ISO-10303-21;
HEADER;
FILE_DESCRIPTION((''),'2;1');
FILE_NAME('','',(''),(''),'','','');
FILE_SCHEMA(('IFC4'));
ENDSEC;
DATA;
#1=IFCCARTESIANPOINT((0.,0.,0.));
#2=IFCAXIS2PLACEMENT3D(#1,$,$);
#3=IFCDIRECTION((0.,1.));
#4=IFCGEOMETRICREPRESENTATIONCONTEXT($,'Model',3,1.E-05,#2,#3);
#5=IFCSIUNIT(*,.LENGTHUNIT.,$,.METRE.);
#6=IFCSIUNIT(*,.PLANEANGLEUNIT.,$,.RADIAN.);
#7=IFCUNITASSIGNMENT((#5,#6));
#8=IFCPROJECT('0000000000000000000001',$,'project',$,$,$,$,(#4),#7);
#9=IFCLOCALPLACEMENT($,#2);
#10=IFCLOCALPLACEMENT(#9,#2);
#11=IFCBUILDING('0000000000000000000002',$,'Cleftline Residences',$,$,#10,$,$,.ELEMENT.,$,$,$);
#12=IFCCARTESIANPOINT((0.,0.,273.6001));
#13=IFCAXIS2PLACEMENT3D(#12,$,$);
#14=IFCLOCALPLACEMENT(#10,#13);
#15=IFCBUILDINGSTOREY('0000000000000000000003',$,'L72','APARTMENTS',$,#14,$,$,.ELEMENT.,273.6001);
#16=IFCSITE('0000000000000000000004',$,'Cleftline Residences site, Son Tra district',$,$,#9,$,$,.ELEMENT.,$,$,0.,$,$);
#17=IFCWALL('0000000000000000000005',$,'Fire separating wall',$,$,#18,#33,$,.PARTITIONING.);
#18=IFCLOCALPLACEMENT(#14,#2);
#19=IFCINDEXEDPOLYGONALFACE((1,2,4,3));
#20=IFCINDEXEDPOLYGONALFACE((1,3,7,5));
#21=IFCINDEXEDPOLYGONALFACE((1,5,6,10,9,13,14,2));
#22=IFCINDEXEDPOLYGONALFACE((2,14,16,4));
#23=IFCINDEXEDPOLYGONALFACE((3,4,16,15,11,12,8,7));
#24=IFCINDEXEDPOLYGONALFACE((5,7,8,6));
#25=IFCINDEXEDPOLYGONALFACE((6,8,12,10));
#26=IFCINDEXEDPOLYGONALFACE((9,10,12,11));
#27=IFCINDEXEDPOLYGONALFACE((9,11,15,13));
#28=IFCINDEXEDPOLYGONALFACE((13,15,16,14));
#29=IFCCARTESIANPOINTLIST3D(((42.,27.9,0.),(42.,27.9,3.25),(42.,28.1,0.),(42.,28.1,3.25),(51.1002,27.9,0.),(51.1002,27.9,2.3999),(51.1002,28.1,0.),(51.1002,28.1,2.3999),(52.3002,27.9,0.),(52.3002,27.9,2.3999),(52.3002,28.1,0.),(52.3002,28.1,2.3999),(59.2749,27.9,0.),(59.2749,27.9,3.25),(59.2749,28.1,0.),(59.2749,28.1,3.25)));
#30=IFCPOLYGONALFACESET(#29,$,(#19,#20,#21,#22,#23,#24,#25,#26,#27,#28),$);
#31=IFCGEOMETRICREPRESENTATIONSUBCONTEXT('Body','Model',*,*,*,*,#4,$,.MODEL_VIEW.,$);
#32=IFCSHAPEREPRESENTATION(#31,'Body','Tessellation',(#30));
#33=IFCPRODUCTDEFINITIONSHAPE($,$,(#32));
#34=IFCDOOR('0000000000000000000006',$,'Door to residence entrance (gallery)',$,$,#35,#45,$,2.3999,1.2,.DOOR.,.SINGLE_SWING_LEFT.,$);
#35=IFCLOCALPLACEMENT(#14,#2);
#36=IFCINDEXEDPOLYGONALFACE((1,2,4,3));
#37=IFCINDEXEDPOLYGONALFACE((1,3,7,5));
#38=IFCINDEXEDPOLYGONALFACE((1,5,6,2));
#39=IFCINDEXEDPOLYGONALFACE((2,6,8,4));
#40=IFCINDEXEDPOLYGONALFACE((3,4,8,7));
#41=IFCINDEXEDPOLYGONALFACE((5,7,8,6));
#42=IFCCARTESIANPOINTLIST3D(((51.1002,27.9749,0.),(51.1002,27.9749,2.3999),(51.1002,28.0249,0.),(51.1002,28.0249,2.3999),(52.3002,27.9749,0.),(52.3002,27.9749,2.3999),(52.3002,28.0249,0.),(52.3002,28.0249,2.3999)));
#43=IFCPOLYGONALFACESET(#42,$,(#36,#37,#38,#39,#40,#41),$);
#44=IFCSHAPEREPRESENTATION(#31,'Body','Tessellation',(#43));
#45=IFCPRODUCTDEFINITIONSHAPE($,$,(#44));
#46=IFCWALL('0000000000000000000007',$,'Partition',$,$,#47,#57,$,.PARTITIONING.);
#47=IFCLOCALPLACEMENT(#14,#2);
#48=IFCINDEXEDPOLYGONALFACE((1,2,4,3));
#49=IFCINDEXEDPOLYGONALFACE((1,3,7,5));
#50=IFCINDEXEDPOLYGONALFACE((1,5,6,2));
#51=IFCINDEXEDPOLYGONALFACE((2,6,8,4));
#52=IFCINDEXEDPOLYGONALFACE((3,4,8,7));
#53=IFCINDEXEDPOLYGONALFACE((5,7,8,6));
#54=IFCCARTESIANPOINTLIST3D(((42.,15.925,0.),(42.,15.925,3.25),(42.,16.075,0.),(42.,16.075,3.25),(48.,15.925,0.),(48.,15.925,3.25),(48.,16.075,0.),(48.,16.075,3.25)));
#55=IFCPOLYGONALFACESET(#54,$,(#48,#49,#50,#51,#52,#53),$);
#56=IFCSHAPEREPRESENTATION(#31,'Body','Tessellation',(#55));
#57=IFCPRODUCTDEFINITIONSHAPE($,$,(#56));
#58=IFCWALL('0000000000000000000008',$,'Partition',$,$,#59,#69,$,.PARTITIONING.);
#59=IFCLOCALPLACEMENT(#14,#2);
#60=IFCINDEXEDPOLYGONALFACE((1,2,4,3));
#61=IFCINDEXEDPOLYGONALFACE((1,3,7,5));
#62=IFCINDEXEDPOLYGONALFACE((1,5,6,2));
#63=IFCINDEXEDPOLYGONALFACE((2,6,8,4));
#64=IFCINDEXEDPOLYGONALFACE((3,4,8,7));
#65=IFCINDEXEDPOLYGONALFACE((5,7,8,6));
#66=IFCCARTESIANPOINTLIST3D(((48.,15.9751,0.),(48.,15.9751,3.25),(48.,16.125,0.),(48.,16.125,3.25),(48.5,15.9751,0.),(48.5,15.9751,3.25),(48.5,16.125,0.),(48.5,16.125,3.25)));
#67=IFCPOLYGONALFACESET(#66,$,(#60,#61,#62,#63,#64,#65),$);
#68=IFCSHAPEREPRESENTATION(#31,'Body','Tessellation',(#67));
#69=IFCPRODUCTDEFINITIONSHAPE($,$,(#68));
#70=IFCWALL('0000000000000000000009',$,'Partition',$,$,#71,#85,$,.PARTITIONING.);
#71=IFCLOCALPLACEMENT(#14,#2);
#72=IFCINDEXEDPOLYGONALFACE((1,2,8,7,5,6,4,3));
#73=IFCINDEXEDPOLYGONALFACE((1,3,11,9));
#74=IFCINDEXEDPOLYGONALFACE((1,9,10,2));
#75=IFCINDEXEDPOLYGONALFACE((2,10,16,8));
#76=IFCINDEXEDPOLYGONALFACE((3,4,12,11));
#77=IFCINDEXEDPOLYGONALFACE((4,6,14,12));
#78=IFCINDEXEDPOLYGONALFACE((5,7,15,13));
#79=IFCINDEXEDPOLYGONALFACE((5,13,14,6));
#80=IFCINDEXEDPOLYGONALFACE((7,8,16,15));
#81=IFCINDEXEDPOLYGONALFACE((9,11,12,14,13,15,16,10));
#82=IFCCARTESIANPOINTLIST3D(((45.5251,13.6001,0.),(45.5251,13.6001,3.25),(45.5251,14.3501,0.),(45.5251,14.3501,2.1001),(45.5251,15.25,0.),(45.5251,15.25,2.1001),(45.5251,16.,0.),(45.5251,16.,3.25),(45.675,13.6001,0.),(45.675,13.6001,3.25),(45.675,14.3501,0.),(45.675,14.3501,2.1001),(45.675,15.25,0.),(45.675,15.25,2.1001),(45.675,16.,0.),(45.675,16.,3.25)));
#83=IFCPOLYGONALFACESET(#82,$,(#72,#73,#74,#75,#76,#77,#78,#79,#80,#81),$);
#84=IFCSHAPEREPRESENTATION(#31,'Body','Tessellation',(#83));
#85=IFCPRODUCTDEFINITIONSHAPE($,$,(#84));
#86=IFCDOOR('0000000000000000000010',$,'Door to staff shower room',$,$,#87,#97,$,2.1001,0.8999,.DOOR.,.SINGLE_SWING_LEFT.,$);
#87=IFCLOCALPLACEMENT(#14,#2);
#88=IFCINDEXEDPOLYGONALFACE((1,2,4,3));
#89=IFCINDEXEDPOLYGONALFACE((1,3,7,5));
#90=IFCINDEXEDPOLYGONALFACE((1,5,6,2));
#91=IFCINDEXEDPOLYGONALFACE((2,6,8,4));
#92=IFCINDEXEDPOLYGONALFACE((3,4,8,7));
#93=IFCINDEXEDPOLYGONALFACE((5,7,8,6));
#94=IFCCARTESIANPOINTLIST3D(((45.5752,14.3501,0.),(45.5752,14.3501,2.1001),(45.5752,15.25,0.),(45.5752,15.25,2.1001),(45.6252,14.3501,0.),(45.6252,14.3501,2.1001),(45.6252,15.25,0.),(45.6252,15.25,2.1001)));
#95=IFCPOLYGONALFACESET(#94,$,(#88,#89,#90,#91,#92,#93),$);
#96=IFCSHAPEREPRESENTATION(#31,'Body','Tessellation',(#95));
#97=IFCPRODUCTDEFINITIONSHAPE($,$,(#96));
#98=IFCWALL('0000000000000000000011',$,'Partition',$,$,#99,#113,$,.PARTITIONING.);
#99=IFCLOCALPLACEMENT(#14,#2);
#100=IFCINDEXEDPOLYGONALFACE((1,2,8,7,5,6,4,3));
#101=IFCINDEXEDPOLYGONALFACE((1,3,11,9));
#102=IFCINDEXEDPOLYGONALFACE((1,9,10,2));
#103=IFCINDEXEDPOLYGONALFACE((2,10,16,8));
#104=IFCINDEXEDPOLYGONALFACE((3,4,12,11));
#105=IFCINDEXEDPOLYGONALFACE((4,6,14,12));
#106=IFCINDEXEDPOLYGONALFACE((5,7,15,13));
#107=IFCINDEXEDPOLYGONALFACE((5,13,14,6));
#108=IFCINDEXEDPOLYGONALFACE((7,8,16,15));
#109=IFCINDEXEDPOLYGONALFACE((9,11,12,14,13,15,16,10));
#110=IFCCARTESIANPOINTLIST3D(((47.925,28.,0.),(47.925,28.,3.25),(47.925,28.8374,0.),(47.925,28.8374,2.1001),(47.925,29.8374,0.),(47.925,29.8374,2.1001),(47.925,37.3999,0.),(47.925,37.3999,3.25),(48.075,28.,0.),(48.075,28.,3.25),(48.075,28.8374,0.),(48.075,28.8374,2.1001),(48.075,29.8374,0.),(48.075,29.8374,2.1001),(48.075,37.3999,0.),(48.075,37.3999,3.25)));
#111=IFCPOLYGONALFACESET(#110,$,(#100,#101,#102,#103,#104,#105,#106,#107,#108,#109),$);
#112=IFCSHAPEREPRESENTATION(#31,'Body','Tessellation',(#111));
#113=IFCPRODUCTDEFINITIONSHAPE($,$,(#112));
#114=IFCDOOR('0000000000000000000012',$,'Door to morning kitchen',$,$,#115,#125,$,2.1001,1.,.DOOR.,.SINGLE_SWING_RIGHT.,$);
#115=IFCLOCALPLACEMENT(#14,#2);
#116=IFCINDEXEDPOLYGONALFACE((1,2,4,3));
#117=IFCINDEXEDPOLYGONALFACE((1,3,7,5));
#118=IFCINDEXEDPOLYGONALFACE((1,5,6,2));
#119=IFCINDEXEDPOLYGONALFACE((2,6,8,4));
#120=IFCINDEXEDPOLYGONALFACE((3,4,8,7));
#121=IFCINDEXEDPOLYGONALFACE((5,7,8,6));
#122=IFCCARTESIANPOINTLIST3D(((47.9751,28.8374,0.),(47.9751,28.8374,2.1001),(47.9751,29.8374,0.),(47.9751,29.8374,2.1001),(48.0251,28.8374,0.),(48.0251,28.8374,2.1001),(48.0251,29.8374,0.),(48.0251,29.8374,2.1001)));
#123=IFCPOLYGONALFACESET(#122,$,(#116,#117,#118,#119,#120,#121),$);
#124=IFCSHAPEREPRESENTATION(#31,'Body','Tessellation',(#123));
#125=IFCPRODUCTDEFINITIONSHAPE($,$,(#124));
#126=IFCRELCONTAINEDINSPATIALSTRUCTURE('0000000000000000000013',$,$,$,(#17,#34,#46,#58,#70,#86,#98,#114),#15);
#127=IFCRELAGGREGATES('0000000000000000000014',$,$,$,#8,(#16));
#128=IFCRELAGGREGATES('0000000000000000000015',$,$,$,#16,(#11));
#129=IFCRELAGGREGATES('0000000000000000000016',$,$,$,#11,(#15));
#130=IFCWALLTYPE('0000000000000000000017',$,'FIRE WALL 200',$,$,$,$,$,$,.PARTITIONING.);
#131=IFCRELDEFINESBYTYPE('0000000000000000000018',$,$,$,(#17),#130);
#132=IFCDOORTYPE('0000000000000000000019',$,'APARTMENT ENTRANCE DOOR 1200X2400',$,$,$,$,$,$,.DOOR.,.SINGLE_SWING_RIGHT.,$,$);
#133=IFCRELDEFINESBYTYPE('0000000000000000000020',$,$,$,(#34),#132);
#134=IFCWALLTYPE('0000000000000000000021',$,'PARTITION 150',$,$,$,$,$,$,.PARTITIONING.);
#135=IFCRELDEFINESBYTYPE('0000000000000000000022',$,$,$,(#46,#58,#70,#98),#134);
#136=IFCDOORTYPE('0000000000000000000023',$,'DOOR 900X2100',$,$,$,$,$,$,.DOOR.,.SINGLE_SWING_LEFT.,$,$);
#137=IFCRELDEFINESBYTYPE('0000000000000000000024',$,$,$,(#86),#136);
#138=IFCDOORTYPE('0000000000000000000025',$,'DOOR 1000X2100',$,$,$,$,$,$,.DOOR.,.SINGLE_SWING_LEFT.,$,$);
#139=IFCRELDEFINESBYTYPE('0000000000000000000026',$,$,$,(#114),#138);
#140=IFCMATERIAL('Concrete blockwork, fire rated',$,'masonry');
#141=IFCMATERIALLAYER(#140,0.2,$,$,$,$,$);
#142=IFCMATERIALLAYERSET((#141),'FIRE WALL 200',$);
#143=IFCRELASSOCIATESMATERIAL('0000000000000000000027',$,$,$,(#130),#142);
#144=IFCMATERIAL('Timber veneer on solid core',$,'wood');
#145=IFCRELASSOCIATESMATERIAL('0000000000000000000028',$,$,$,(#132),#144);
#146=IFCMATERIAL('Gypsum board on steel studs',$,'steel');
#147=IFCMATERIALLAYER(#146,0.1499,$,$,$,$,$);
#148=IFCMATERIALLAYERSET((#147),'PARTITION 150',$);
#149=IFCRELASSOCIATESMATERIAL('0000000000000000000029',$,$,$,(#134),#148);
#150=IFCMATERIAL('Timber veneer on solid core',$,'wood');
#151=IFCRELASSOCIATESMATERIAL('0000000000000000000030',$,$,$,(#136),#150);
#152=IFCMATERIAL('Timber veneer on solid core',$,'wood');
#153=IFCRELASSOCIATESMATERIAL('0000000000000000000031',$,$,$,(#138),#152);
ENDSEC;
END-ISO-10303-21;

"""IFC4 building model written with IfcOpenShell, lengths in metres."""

from ifc_helpers import new_model, si_unit, direction, frame, frame_2d, origin, place, context, subcontext, project, spatial, rectangle, extrude, material, layer, layer_set, type_object, element, fill, save


model = new_model("IFC4")

# Units and contexts
model_context = context("Model", 3, precision=1e-05, world=origin(), true_north=direction((0.0, 1.0)))
body_context = subcontext(model_context, "Body", "Model", "MODEL_VIEW")
ifc_project = project(units=[si_unit("LENGTHUNIT", "METRE"), si_unit("PLANEANGLEUNIT", "RADIAN")], contexts=[model_context])

# Site, building, storey
site_placement = place(None, origin())
site = spatial("IfcSite", under=ifc_project, at=site_placement, Name="Cleftline Residences site, Son Tra district", CompositionType="ELEMENT", RefElevation=0.0)
building_placement = place(site_placement, origin())
building = spatial("IfcBuilding", under=site, at=building_placement, Name="Cleftline Residences", CompositionType="ELEMENT")
storey_placement = place(building_placement, frame((0.0, 0.0, 273.6001)))
storey = spatial("IfcBuildingStorey", under=building, at=storey_placement, Name="L72", Description="APARTMENTS", CompositionType="ELEMENT", Elevation=273.6001)

# Shared definitions
ifc_material_1 = material(Name="Concrete blockwork, fire rated", Category="masonry")
ifc_layer_1 = layer(ifc_material_1, 0.2)
ifc_layer_set_1 = layer_set([ifc_layer_1], Name="FIRE WALL 200")
wall_type_1 = type_object("IfcWallType", Name="FIRE WALL 200", PredefinedType="PARTITIONING", material=ifc_layer_set_1)

# Wall, opening, door
wall_1_placement = place(storey_placement, frame((42.0, 28.0, 0.0), z_axis=(0.0, 0.0, 1.0), x_axis=(1.0, 0.0, 0.0)))
wall_1 = element("IfcWall", 1, at=wall_1_placement, inside=storey, type_object=wall_type_1, Name="Fire separating wall", PredefinedType="PARTITIONING", context=body_context, shape_type="SweptSolid", body=[
    extrude(rectangle(XDim=17.2749, YDim=0.2, at=frame_2d((8.6375, 0.0))), origin(), (0.0, 0.0, 1.0), 3.25),
])
opening_1_placement = place(wall_1_placement, frame((9.1001, 0.0, 0.0)))
opening_1 = element("IfcOpeningElement", 2, at=opening_1_placement, cuts=wall_1, PredefinedType="OPENING", context=body_context, shape_type="SweptSolid", body=[
    extrude(rectangle(XDim=1.2, YDim=2.3999, at=frame_2d((0.6001, 1.2))), frame((0.0, 0.1099, 0.0), z_axis=(0.0, -1.0, 0.0), x_axis=(1.0, 0.0, 0.0)), (0.0, 0.0, 1.0), 0.22),
])
ifc_material_2 = material(Name="Timber veneer on solid core", Category="wood")
door_type_1 = type_object("IfcDoorType", Name="APARTMENT ENTRANCE DOOR 1200X2400", OperationType="SINGLE_SWING_RIGHT", PredefinedType="DOOR", material=ifc_material_2)
door_1_placement = place(opening_1_placement, origin())
door_1 = element("IfcDoor", 3, at=door_1_placement, inside=storey, type_object=door_type_1, Name="Door to residence entrance (gallery)", OperationType="SINGLE_SWING_LEFT", OverallHeight=2.3999, OverallWidth=1.2, PredefinedType="DOOR", context=body_context, shape_type="SweptSolid", body=[
    extrude(rectangle(XDim=1.2, YDim=2.3999, at=frame_2d((0.6001, 1.2))), frame((0.0, 0.0249, 0.0), z_axis=(0.0, -1.0, 0.0), x_axis=(1.0, 0.0, 0.0)), (0.0, 0.0, 1.0), 0.05),
])
fill(opening_1, door_1)

# Walls
ifc_material_3 = material(Name="Gypsum board on steel studs", Category="steel")
ifc_layer_2 = layer(ifc_material_3, 0.1499)
ifc_layer_set_2 = layer_set([ifc_layer_2], Name="PARTITION 150")
wall_type_2 = type_object("IfcWallType", Name="PARTITION 150", PredefinedType="PARTITIONING", material=ifc_layer_set_2)
wall_2_placement = place(storey_placement, frame((42.0, 16.0, 0.0), z_axis=(0.0, 0.0, 1.0), x_axis=(1.0, 0.0, 0.0)))
element("IfcWall", 4, at=wall_2_placement, inside=storey, type_object=wall_type_2, Name="Partition", PredefinedType="PARTITIONING", context=body_context, shape_type="SweptSolid", body=[
    extrude(rectangle(XDim=6.0, YDim=0.1499, at=frame_2d((3.0, 0.0))), origin(), (0.0, 0.0, 1.0), 3.25),
])
wall_3_placement = place(storey_placement, frame((48.0, 16.05, 0.0), z_axis=(0.0, 0.0, 1.0), x_axis=(1.0, 0.0, 0.0)))
element("IfcWall", 5, at=wall_3_placement, inside=storey, type_object=wall_type_2, Name="Partition", PredefinedType="PARTITIONING", context=body_context, shape_type="SweptSolid", body=[
    extrude(rectangle(XDim=0.5, YDim=0.1499, at=frame_2d((0.25, 0.0))), origin(), (0.0, 0.0, 1.0), 3.25),
])

# Walls, openings, doors
wall_4_placement = place(storey_placement, frame((45.6001, 13.6001, 0.0), z_axis=(0.0, 0.0, 1.0), x_axis=(0.0, 1.0, 0.0)))
wall_4 = element("IfcWall", 6, at=wall_4_placement, inside=storey, type_object=wall_type_2, Name="Partition", PredefinedType="PARTITIONING", context=body_context, shape_type="SweptSolid", body=[
    extrude(rectangle(XDim=2.3999, YDim=0.1499, at=frame_2d((1.2, 0.0))), origin(), (0.0, 0.0, 1.0), 3.25),
])
opening_2_placement = place(wall_4_placement, frame((0.75, 0.0, 0.0)))
opening_2 = element("IfcOpeningElement", 7, at=opening_2_placement, cuts=wall_4, PredefinedType="OPENING", context=body_context, shape_type="SweptSolid", body=[
    extrude(rectangle(XDim=0.8999, YDim=2.1001, at=frame_2d((0.45, 1.05))), frame((0.0, 0.085, 0.0), z_axis=(0.0, -1.0, 0.0), x_axis=(1.0, 0.0, 0.0)), (0.0, 0.0, 1.0), 0.1699),
])
ifc_material_4 = material(Name="Timber veneer on solid core", Category="wood")
door_type_2 = type_object("IfcDoorType", Name="DOOR 900X2100", OperationType="SINGLE_SWING_LEFT", PredefinedType="DOOR", material=ifc_material_4)
door_2_placement = place(opening_2_placement, origin())
door_2 = element("IfcDoor", 8, at=door_2_placement, inside=storey, type_object=door_type_2, Name="Door to staff shower room", OperationType="SINGLE_SWING_LEFT", OverallHeight=2.1001, OverallWidth=0.8999, PredefinedType="DOOR", context=body_context, shape_type="SweptSolid", body=[
    extrude(rectangle(XDim=0.8999, YDim=2.1001, at=frame_2d((0.45, 1.05))), frame((0.0, 0.0249, 0.0), z_axis=(0.0, -1.0, 0.0), x_axis=(1.0, 0.0, 0.0)), (0.0, 0.0, 1.0), 0.05),
])
fill(opening_2, door_2)
wall_5_placement = place(storey_placement, frame((48.0, 28.0, 0.0), z_axis=(0.0, 0.0, 1.0), x_axis=(0.0, 1.0, 0.0)))
wall_5 = element("IfcWall", 9, at=wall_5_placement, inside=storey, type_object=wall_type_2, Name="Partition", PredefinedType="PARTITIONING", context=body_context, shape_type="SweptSolid", body=[
    extrude(rectangle(XDim=9.3999, YDim=0.1499, at=frame_2d((4.7, 0.0))), origin(), (0.0, 0.0, 1.0), 3.25),
])
opening_3_placement = place(wall_5_placement, frame((0.8374, 0.0, 0.0)))
opening_3 = element("IfcOpeningElement", 10, at=opening_3_placement, cuts=wall_5, PredefinedType="OPENING", context=body_context, shape_type="SweptSolid", body=[
    extrude(rectangle(XDim=1.0, YDim=2.1001, at=frame_2d((0.5, 1.05))), frame((0.0, 0.085, 0.0), z_axis=(0.0, -1.0, 0.0), x_axis=(1.0, 0.0, 0.0)), (0.0, 0.0, 1.0), 0.1699),
])
ifc_material_5 = material(Name="Timber veneer on solid core", Category="wood")
door_type_3 = type_object("IfcDoorType", Name="DOOR 1000X2100", OperationType="SINGLE_SWING_LEFT", PredefinedType="DOOR", material=ifc_material_5)
door_3_placement = place(opening_3_placement, origin())
door_3 = element("IfcDoor", 11, at=door_3_placement, inside=storey, type_object=door_type_3, Name="Door to morning kitchen", OperationType="SINGLE_SWING_RIGHT", OverallHeight=2.1001, OverallWidth=1.0, PredefinedType="DOOR", context=body_context, shape_type="SweptSolid", body=[
    extrude(rectangle(XDim=1.0, YDim=2.1001, at=frame_2d((0.5, 1.05))), frame((0.0, 0.0249, 0.0), z_axis=(0.0, -1.0, 0.0), x_axis=(1.0, 0.0, 0.0)), (0.0, 0.0, 1.0), 0.05),
])
fill(opening_3, door_3)

save(model, "model.ifc")
